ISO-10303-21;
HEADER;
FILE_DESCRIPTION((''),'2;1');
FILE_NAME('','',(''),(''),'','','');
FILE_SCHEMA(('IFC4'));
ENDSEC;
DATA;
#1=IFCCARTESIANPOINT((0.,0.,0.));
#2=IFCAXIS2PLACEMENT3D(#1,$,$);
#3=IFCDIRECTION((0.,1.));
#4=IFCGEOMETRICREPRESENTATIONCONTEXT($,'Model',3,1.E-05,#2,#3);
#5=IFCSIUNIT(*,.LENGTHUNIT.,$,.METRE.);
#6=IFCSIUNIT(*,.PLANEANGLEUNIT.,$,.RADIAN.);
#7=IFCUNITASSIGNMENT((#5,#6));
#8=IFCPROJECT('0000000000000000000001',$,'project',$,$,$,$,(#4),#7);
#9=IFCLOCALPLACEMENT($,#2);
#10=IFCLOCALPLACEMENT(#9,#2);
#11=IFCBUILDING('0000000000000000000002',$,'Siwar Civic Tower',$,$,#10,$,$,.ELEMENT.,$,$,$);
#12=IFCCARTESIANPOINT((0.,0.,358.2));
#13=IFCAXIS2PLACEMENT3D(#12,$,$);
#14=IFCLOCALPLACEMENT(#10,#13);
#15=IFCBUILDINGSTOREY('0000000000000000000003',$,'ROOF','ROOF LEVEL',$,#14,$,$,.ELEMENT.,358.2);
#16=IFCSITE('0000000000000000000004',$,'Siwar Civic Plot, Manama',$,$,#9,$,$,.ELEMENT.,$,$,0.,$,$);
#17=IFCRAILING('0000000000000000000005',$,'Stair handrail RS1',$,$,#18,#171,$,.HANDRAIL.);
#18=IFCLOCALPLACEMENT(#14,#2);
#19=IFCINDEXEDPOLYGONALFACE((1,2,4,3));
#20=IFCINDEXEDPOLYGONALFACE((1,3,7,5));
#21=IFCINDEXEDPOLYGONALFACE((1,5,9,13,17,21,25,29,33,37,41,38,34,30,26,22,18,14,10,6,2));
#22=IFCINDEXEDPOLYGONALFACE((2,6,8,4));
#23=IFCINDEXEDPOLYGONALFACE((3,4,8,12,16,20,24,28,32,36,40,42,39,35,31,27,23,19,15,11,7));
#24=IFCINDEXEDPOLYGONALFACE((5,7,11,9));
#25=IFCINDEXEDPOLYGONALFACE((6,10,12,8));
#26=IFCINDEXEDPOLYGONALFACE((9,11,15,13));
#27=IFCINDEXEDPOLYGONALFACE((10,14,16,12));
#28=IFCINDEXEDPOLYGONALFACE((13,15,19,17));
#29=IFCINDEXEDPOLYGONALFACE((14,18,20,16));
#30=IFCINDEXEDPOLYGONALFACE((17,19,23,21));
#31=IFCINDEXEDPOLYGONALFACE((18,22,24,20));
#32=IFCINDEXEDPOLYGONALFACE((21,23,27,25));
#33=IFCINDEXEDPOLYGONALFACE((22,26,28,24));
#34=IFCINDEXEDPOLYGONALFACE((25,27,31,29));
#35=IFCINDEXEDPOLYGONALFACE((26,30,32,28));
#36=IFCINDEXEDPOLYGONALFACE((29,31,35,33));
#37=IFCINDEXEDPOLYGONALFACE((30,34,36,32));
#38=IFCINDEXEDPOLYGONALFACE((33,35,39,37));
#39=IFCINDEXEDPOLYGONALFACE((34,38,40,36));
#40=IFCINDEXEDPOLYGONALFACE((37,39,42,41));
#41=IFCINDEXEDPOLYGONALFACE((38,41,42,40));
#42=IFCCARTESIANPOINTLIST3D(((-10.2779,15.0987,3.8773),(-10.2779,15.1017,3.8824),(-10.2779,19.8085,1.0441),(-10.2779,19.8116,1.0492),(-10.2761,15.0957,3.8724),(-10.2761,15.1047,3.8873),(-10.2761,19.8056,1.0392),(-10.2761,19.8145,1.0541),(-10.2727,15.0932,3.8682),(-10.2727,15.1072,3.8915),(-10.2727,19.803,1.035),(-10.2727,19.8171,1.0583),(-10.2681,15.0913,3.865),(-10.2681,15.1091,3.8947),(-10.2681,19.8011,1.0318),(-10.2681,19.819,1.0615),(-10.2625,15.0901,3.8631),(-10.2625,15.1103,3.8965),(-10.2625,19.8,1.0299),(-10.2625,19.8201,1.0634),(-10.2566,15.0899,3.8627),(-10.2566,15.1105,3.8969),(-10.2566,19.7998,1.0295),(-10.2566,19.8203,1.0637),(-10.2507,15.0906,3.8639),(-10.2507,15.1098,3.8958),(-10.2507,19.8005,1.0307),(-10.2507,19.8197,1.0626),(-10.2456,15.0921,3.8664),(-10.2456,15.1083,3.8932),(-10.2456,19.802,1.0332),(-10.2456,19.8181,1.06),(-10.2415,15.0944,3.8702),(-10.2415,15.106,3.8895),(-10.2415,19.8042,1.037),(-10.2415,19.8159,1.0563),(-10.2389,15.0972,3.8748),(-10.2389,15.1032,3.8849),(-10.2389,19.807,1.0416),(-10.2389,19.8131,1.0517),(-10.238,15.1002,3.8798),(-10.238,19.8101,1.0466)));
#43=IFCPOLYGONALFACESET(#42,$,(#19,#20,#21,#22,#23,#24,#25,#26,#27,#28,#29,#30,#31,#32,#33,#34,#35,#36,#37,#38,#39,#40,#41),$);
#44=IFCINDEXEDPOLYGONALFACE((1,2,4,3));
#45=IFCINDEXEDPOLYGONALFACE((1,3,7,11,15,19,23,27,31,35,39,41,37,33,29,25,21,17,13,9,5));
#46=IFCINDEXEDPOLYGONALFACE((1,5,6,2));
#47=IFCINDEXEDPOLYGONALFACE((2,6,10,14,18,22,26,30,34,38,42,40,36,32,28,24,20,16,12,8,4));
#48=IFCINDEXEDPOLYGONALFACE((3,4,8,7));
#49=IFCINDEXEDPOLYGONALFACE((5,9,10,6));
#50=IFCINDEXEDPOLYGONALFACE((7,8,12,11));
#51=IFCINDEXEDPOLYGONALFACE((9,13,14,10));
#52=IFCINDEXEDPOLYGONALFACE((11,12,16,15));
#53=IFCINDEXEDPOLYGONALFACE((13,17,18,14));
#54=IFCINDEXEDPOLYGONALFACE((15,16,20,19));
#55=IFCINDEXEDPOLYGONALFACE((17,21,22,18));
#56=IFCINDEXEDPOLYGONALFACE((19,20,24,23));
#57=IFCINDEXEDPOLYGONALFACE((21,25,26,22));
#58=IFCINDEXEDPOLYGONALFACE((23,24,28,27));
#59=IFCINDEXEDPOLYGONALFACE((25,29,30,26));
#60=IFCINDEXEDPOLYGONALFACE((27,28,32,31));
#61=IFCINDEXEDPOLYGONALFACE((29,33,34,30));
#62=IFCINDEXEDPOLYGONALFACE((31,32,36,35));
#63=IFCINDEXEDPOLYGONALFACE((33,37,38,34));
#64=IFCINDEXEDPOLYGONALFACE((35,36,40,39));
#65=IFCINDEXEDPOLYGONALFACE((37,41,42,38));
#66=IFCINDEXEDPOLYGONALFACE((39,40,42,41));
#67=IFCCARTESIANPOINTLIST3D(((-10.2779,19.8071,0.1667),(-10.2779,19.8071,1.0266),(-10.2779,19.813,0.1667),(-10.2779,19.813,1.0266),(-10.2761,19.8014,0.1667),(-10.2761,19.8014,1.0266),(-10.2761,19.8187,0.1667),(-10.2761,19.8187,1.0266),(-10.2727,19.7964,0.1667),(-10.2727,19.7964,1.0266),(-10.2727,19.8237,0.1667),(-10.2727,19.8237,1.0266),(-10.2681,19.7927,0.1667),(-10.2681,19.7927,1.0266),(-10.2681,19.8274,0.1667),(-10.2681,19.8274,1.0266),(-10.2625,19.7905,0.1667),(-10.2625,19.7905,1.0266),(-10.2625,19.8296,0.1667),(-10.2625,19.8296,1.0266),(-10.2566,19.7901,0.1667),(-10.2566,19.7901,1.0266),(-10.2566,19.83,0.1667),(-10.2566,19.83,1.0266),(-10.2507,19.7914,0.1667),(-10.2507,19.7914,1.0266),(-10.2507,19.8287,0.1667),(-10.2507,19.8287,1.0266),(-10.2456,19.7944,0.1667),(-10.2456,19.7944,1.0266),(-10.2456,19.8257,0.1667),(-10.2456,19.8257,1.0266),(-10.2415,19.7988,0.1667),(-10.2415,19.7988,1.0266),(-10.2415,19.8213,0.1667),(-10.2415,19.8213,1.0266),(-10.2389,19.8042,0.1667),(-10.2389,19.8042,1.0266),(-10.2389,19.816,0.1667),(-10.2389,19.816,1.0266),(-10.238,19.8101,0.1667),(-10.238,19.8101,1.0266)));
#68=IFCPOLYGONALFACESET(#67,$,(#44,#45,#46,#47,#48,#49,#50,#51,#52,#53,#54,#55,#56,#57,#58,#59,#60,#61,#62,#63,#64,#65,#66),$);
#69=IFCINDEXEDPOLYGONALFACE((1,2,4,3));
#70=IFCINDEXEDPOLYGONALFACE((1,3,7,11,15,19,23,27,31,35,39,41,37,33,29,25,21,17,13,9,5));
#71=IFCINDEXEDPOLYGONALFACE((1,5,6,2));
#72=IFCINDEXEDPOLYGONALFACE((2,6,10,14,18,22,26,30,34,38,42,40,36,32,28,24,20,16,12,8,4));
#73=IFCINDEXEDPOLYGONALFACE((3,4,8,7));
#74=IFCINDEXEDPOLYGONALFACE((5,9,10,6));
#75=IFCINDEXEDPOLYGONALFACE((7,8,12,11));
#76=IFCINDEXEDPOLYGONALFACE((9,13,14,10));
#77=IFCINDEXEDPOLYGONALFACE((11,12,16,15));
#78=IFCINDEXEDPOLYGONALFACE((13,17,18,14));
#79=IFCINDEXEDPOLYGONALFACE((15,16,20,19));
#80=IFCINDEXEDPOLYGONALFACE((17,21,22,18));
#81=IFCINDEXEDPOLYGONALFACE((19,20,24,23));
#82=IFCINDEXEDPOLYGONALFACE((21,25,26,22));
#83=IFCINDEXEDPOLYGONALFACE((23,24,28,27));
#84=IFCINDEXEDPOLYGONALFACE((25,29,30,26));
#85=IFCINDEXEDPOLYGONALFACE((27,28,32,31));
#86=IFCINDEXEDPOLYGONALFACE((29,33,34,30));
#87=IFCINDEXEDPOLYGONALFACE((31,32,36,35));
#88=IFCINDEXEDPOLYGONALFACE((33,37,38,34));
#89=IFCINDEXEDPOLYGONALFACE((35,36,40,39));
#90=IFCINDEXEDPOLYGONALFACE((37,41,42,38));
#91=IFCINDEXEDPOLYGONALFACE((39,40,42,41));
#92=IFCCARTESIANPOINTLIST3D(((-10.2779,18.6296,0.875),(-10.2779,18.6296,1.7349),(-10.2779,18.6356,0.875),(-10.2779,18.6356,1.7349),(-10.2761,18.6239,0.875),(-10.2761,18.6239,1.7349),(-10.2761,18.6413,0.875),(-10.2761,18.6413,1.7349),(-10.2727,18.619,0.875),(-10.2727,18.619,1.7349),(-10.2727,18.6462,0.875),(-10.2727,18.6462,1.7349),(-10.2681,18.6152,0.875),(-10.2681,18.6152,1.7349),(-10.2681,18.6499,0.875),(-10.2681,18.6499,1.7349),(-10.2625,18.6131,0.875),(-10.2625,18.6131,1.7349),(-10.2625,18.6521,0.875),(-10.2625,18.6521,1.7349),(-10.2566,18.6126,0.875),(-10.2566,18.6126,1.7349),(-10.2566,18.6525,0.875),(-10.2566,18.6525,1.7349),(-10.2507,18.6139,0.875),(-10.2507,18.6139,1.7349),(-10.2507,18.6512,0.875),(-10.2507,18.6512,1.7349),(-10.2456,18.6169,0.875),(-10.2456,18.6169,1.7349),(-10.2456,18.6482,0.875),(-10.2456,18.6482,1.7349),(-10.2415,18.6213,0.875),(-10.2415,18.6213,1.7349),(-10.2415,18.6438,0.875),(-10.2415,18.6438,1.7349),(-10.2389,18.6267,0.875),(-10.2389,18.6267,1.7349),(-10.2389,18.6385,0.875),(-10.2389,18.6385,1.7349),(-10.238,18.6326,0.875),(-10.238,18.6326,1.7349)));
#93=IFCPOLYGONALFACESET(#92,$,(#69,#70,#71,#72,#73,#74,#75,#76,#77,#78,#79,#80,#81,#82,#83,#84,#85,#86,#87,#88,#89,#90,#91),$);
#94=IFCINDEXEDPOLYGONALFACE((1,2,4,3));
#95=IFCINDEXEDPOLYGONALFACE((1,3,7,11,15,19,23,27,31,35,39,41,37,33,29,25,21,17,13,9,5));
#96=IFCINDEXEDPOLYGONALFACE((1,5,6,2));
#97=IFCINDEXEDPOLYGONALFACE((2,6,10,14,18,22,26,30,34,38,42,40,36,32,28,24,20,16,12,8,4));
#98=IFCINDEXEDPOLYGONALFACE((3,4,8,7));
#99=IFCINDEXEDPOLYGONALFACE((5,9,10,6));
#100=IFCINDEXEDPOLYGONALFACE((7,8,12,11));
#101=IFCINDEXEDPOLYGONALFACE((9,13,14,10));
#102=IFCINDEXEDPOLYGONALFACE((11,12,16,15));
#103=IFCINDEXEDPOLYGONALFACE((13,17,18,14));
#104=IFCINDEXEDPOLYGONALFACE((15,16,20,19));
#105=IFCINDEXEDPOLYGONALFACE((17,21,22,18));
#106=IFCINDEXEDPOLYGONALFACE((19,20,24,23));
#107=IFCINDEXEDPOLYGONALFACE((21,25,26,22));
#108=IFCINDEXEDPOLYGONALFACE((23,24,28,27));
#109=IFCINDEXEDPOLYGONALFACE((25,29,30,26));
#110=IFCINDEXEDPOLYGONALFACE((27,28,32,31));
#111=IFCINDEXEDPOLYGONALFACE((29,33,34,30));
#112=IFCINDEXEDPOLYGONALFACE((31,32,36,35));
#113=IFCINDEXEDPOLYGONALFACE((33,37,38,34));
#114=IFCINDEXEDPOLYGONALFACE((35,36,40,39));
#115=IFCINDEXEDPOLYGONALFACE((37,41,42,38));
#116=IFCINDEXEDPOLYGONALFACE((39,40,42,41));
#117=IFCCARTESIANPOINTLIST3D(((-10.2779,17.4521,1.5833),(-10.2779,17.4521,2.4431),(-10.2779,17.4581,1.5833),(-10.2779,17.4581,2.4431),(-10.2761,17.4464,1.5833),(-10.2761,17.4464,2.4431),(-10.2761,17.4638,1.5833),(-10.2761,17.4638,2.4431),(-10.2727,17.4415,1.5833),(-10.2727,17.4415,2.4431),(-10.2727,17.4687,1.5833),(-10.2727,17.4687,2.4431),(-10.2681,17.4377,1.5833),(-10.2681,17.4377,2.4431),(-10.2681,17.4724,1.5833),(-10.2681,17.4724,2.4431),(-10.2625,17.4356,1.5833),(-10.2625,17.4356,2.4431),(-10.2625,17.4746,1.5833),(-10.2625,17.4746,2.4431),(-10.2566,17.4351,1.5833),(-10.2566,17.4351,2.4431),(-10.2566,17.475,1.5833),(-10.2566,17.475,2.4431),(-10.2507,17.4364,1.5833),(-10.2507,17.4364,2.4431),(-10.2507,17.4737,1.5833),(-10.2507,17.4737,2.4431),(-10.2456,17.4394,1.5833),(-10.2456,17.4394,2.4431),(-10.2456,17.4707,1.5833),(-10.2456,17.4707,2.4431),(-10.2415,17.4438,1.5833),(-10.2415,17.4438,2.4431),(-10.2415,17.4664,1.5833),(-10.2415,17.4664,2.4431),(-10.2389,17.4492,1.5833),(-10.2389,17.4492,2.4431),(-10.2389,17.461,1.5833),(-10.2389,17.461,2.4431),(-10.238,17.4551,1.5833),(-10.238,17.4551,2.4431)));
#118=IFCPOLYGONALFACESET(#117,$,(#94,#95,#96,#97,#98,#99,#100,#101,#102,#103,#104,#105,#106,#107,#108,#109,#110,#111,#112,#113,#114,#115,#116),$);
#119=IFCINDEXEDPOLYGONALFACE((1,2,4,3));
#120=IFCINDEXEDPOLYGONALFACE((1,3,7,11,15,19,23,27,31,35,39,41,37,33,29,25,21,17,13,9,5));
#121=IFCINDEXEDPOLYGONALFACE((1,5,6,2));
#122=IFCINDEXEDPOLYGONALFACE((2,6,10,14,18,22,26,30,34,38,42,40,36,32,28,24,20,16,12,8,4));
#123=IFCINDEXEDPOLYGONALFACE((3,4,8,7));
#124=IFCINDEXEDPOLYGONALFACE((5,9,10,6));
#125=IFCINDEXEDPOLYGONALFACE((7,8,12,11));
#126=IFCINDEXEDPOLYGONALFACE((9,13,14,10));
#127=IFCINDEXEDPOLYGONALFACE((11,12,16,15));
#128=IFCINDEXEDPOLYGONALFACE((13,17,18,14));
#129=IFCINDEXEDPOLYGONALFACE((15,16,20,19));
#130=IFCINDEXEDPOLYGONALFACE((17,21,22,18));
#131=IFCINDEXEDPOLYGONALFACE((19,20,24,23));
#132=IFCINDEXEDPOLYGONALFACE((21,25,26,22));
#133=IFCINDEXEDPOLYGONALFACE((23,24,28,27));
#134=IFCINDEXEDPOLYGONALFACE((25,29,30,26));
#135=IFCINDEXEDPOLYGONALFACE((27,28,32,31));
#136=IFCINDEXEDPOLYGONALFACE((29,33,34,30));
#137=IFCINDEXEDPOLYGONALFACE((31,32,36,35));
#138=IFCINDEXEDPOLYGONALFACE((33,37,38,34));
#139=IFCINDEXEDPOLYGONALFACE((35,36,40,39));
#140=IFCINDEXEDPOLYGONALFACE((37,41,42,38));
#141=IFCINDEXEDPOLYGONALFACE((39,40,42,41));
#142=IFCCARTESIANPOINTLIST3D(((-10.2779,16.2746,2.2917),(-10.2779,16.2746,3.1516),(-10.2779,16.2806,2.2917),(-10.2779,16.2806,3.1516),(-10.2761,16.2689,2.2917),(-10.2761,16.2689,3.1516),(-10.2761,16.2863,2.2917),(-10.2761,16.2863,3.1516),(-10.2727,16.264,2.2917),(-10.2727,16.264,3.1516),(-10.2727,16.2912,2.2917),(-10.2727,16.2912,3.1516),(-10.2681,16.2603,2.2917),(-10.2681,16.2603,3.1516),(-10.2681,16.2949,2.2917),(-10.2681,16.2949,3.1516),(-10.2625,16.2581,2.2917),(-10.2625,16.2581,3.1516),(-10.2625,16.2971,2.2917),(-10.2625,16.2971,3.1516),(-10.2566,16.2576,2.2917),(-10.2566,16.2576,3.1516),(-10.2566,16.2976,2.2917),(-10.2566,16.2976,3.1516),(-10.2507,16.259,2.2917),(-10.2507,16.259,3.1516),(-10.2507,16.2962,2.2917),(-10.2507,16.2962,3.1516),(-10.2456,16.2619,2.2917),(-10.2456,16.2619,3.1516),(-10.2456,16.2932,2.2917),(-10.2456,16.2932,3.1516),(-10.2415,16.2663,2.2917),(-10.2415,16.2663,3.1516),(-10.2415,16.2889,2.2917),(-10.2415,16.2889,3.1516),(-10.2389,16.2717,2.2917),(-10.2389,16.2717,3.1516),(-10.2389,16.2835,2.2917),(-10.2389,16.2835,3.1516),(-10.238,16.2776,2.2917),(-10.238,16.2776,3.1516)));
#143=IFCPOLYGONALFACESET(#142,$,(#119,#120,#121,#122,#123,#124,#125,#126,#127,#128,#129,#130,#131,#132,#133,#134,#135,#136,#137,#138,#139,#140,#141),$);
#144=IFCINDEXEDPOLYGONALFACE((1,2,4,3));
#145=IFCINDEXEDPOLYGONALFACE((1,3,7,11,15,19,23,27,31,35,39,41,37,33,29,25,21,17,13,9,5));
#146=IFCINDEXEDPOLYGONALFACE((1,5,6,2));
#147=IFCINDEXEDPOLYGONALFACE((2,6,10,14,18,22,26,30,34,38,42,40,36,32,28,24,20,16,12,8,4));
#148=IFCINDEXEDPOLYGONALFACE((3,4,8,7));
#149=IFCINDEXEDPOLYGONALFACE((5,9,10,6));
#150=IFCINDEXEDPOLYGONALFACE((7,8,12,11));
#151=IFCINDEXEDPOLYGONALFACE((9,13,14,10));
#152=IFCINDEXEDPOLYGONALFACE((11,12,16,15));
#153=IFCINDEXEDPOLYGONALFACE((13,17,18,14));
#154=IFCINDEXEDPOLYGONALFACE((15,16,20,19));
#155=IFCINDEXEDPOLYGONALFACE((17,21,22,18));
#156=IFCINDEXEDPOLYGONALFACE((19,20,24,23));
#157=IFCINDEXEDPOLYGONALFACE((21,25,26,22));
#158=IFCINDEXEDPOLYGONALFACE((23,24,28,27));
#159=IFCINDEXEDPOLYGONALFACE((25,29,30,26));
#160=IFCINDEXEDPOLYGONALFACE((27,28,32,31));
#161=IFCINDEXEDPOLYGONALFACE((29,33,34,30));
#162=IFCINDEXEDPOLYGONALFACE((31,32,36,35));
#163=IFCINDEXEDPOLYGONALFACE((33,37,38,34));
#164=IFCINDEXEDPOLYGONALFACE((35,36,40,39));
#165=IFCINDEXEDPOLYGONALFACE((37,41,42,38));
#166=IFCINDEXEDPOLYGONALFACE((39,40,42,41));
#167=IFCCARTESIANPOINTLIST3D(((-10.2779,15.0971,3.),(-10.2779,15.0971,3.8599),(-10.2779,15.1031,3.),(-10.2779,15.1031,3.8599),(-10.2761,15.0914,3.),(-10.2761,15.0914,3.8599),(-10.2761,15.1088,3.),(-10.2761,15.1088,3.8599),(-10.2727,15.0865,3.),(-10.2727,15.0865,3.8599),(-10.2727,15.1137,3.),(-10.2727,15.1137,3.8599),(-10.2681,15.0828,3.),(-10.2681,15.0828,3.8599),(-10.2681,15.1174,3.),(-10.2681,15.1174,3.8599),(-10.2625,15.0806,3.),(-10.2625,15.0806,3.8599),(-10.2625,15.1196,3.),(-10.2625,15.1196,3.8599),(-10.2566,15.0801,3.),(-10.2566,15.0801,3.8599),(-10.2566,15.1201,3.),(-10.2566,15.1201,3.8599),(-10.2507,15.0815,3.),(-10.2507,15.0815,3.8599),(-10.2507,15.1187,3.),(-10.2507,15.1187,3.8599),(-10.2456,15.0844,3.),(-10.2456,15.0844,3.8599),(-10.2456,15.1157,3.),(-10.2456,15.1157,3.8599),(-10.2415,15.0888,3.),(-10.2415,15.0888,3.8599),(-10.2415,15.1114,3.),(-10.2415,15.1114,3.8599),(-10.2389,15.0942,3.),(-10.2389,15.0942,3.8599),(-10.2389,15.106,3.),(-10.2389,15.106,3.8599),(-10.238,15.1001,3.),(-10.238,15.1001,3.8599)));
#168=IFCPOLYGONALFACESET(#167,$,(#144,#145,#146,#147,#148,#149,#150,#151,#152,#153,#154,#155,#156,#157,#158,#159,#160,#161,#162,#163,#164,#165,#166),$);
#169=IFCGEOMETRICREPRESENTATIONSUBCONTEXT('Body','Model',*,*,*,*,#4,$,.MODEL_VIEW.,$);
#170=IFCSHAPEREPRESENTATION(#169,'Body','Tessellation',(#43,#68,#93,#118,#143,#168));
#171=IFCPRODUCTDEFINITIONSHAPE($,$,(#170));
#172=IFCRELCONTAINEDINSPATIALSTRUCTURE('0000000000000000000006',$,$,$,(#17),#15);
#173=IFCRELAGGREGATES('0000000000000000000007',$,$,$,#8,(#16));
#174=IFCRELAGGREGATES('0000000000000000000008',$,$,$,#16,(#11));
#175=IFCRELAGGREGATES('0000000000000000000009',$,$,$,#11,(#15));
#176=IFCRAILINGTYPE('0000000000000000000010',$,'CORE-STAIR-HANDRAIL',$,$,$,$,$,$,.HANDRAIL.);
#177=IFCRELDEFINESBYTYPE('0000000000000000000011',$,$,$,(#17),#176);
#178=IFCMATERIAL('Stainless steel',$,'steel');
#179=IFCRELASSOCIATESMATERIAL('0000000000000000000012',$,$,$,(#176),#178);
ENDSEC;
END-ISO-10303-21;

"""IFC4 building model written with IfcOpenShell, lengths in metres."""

from ifc_helpers import new_model, si_unit, direction, frame, origin, origin_2d, place, context, subcontext, project, spatial, circle, extrude, material, type_object, element, save


model = new_model("IFC4")

# Units and contexts
model_context = context("Model", 3, precision=1e-05, world=origin(), true_north=direction((0.0, 1.0)))
body_context = subcontext(model_context, "Body", "Model", "MODEL_VIEW")
ifc_project = project(units=[si_unit("LENGTHUNIT", "METRE"), si_unit("PLANEANGLEUNIT", "RADIAN")], contexts=[model_context])

# Site, building, storey
site_placement = place(None, origin())
site = spatial("IfcSite", under=ifc_project, at=site_placement, Name="Siwar Civic Plot, Manama", CompositionType="ELEMENT", RefElevation=0.0)
building_placement = place(site_placement, origin())
building = spatial("IfcBuilding", under=site, at=building_placement, Name="Siwar Civic Tower", CompositionType="ELEMENT")
storey_placement = place(building_placement, frame((0.0, 0.0, 358.2)))
storey = spatial("IfcBuildingStorey", under=building, at=storey_placement, Name="ROOF", Description="ROOF LEVEL", CompositionType="ELEMENT", Elevation=358.2)

# Railing
ifc_material_1 = material(Name="Stainless steel", Category="steel")
railing_type_1 = type_object("IfcRailingType", Name="CORE-STAIR-HANDRAIL", PredefinedType="HANDRAIL", material=ifc_material_1)
for number, where, name in (
    (1, (-10.2581, 19.8101, 0.1667), "Stair handrail RS1"),
):
    element("IfcRailing", number, at=place(storey_placement, frame(where)), inside=storey, type_object=railing_type_1, Name=name, PredefinedType="HANDRAIL", context=body_context, shape_type="SweptSolid", body=[
        extrude(circle(Radius=0.02, at=origin_2d()), frame((0.0, 0.0, 0.8799), z_axis=(0.0, -0.856908, 0.515469), x_axis=(1.0, 0.0, 0.0)), (0.0, 0.0, 1.0), 5.4963),
        extrude(circle(Radius=0.02, at=origin_2d()), origin(), (0.0, 0.0, 1.0), 0.8599),
        extrude(circle(Radius=0.02, at=origin_2d()), frame((0.0, -1.1775, 0.7083)), (0.0, 0.0, 1.0), 0.8599),
        extrude(circle(Radius=0.02, at=origin_2d()), frame((0.0, -2.355, 1.4165)), (0.0, 0.0, 1.0), 0.8599),
        extrude(circle(Radius=0.02, at=origin_2d()), frame((0.0, -3.5325, 2.125)), (0.0, 0.0, 1.0), 0.8599),
        extrude(circle(Radius=0.02, at=origin_2d()), frame((0.0, -4.71, 2.8333)), (0.0, 0.0, 1.0), 0.8599),
    ])

save(model, "model.ifc")
